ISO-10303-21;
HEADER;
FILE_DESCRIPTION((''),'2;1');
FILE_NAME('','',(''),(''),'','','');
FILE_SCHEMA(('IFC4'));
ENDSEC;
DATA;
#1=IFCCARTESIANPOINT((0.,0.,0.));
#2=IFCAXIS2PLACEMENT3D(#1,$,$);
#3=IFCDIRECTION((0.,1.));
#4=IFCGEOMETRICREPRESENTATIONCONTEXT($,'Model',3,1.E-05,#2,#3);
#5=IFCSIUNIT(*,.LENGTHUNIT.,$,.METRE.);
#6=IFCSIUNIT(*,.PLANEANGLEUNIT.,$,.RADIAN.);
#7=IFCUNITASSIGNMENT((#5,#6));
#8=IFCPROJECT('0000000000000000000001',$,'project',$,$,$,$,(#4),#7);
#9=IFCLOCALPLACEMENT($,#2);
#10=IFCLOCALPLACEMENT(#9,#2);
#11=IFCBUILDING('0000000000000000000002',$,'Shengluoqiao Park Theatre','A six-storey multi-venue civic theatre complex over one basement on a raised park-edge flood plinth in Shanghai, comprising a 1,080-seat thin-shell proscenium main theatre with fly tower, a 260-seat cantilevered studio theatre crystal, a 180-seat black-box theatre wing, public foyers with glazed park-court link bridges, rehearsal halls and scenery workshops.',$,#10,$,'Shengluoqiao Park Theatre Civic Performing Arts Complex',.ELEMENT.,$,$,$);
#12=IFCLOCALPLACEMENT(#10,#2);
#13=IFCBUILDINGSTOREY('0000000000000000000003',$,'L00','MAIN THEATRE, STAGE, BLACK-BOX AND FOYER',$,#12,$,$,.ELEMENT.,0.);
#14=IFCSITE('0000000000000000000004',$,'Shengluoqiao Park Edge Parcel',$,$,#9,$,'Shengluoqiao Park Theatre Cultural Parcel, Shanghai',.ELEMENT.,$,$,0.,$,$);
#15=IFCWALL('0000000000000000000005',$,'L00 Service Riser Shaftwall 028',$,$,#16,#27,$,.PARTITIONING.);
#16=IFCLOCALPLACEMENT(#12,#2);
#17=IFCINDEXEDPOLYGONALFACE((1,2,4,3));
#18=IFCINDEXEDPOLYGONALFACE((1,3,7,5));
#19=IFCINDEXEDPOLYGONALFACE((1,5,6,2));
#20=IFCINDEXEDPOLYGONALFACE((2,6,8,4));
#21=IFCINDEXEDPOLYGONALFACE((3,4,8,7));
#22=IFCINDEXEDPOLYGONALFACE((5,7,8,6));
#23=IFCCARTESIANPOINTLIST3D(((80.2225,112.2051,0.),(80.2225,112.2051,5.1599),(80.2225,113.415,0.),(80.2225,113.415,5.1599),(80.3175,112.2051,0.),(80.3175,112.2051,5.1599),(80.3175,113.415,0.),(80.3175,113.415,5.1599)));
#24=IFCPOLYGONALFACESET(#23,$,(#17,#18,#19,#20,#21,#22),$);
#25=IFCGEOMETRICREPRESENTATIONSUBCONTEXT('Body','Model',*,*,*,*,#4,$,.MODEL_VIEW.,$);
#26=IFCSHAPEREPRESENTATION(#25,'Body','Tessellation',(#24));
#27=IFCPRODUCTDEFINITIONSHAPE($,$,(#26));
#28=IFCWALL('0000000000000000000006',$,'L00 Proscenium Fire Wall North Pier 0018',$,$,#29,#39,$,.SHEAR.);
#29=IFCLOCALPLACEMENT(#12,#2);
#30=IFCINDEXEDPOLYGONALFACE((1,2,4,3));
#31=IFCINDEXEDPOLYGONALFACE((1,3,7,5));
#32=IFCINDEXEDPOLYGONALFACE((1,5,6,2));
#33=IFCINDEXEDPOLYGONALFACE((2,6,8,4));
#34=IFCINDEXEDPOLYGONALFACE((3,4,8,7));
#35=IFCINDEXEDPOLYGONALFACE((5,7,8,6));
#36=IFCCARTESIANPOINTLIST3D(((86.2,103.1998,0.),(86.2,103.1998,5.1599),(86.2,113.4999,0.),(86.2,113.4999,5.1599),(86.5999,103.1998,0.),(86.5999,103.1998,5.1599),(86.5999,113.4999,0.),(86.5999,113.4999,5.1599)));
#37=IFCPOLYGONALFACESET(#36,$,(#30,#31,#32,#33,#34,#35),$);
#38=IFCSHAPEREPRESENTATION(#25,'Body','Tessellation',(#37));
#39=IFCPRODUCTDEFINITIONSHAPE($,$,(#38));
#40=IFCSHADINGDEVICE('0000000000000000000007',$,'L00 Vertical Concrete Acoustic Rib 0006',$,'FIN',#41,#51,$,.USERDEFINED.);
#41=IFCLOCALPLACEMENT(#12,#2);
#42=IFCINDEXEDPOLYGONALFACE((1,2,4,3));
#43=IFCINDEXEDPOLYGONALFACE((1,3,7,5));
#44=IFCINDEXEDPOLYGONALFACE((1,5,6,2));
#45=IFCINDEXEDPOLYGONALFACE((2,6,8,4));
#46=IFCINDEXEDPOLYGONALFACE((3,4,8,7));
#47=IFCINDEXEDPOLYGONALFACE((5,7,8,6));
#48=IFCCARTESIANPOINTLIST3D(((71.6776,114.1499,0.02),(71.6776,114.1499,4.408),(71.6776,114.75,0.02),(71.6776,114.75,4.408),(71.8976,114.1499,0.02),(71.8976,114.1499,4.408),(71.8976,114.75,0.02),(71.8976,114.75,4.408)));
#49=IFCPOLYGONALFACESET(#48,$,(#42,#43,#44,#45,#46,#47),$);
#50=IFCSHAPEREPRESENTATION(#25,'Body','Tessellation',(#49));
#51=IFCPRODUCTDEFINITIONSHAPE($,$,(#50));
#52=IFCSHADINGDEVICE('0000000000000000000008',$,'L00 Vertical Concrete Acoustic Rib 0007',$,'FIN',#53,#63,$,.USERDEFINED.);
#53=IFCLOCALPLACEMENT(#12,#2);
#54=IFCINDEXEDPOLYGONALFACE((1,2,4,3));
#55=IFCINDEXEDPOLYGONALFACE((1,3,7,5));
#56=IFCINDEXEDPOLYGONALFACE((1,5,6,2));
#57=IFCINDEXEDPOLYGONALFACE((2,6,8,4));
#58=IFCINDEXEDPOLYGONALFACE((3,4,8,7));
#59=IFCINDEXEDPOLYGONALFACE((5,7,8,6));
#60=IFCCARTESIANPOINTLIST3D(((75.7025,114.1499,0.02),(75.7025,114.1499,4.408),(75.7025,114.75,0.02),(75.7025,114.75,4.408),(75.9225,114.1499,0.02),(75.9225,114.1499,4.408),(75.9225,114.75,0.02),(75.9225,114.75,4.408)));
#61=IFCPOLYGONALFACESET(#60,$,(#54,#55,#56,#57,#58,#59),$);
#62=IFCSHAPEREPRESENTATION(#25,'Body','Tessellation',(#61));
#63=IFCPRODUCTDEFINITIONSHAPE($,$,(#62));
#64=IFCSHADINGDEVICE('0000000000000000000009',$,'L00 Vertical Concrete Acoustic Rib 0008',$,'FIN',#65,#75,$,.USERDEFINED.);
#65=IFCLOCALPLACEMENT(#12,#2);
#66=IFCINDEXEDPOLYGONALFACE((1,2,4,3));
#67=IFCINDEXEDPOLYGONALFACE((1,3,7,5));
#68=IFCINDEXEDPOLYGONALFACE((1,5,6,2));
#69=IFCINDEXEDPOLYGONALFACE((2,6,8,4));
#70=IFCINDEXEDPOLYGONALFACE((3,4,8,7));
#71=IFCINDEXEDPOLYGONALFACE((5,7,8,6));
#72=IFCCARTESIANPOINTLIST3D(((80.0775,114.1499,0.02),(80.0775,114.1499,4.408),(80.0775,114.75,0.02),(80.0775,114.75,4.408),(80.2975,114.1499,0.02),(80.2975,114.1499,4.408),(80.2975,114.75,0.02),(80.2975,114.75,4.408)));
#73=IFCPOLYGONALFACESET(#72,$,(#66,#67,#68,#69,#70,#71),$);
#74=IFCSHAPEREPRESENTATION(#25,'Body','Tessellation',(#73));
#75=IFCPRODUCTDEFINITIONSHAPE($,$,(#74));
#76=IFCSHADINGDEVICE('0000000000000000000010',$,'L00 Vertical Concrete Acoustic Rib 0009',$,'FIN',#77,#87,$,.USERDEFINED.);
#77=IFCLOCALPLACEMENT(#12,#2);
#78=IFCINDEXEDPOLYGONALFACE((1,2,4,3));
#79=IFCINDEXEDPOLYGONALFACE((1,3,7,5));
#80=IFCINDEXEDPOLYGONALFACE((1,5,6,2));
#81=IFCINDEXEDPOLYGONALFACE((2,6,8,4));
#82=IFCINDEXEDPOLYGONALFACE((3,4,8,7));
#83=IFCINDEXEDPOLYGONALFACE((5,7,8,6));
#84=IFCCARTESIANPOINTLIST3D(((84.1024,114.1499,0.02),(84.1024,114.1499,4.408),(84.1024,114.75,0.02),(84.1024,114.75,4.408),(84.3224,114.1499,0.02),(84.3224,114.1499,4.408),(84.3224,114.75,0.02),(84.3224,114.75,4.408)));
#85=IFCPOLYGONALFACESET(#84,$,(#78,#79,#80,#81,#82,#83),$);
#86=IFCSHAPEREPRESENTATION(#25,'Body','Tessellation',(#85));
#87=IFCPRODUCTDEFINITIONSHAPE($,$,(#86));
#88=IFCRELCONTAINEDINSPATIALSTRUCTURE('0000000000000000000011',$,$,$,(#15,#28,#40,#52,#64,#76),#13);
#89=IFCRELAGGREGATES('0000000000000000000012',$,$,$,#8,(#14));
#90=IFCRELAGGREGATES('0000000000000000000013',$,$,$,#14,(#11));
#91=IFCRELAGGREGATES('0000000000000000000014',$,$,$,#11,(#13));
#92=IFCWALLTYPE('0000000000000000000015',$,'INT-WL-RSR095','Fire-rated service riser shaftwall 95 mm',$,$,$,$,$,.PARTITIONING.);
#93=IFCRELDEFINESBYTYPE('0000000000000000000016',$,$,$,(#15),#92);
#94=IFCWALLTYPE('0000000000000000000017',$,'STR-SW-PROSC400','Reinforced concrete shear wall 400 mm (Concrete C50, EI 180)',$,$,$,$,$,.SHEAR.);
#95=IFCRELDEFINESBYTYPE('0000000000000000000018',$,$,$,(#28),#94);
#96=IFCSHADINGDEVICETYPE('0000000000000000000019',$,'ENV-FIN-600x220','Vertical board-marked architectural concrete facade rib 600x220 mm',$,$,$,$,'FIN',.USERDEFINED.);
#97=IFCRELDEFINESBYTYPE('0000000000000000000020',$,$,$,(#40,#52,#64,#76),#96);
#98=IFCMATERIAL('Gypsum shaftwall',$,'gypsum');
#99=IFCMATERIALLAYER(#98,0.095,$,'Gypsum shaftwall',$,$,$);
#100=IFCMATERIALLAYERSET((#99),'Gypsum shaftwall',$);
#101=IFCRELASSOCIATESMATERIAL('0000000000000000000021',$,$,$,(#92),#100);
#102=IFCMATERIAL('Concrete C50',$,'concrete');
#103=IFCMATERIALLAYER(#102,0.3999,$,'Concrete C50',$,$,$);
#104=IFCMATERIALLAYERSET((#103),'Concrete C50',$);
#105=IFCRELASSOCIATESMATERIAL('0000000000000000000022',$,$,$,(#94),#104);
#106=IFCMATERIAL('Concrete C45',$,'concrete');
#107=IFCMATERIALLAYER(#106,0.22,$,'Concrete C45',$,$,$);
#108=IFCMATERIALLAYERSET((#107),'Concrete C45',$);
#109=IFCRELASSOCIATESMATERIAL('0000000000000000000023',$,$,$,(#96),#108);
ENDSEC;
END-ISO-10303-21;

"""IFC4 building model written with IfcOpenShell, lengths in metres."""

from ifc_helpers import new_model, si_unit, direction, frame, frame_2d, origin, origin_2d, place, context, subcontext, project, spatial, rectangle, extrude, material, layer, layer_set, type_object, element, save


model = new_model("IFC4")

# Units and contexts
model_context = context("Model", 3, precision=1e-05, world=origin(), true_north=direction((0.0, 1.0)))
body_context = subcontext(model_context, "Body", "Model", "MODEL_VIEW")
ifc_project = project(units=[si_unit("LENGTHUNIT", "METRE"), si_unit("PLANEANGLEUNIT", "RADIAN")], contexts=[model_context])

# Site, building, storey
site_placement = place(None, origin())
site = spatial("IfcSite", under=ifc_project, at=site_placement, Name="Shengluoqiao Park Edge Parcel", LongName="Shengluoqiao Park Theatre Cultural Parcel, Shanghai", CompositionType="ELEMENT", RefElevation=0.0)
building_placement = place(site_placement, origin())
building = spatial("IfcBuilding", under=site, at=building_placement, Name="Shengluoqiao Park Theatre", Description="A six-storey multi-venue civic theatre complex over one basement on a raised park-edge flood plinth in Shanghai, comprising a 1,080-seat thin-shell proscenium main theatre with fly tower, a 260-seat cantilevered studio theatre crystal, a 180-seat black-box theatre wing, public foyers with glazed park-court link bridges, rehearsal halls and scenery workshops.", LongName="Shengluoqiao Park Theatre Civic Performing Arts Complex", CompositionType="ELEMENT")
storey_placement = place(building_placement, origin())
storey = spatial("IfcBuildingStorey", under=building, at=storey_placement, Name="L00", Description="MAIN THEATRE, STAGE, BLACK-BOX AND FOYER", CompositionType="ELEMENT", Elevation=0.0)

# Shared definitions
ifc_material_1 = material(Name="Concrete C50", Category="concrete")

# Walls
ifc_material_2 = material(Name="Concrete C45", Category="concrete")
ifc_material_3 = material(Name="Gypsum shaftwall", Category="gypsum")
ifc_layer_1 = layer(ifc_material_3, 0.095, Name="Gypsum shaftwall")
ifc_layer_set_1 = layer_set([ifc_layer_1], Name="Gypsum shaftwall")
wall_type_1 = type_object("IfcWallType", Name="INT-WL-RSR095", Description="Fire-rated service riser shaftwall 95 mm", PredefinedType="PARTITIONING", material=ifc_layer_set_1)
for number, where, z_axis, x_axis, name in (
    (1, (80.27, 112.2051, 0.0), (0.0, 0.0, 1.0), (0.0, 1.0, 0.0), "L00 Service Riser Shaftwall 028"),
):
    element("IfcWall", number, at=place(storey_placement, frame(where, z_axis=z_axis, x_axis=x_axis)), inside=storey, type_object=wall_type_1, Name=name, PredefinedType="PARTITIONING", context=body_context, shape_type="SweptSolid", body=[
        extrude(rectangle(XDim=1.21, YDim=0.095, at=frame_2d((0.605, 0.0))), origin(), (0.0, 0.0, 1.0), 5.1599),
    ])
ifc_layer_2 = layer(ifc_material_1, 0.3999, Name="Concrete C50")
ifc_layer_set_2 = layer_set([ifc_layer_2], Name="Concrete C50")
wall_type_2 = type_object("IfcWallType", Name="STR-SW-PROSC400", Description="Reinforced concrete shear wall 400 mm (Concrete C50, EI 180)", PredefinedType="SHEAR", material=ifc_layer_set_2)
wall_1_placement = place(storey_placement, frame((86.3999, 103.2, 0.0), z_axis=(0.0, 0.0, 1.0), x_axis=(0.0, 1.0, 0.0)))
element("IfcWall", 2, at=wall_1_placement, inside=storey, type_object=wall_type_2, Name="L00 Proscenium Fire Wall North Pier 0018", PredefinedType="SHEAR", context=body_context, shape_type="SweptSolid", body=[
    extrude(rectangle(XDim=10.3, YDim=0.3999, at=frame_2d((5.1499, 0.0))), origin(), (0.0, 0.0, 1.0), 5.1599),
])

# Shading devices
ifc_layer_3 = layer(ifc_material_2, 0.22, Name="Concrete C45")
ifc_layer_set_3 = layer_set([ifc_layer_3], Name="Concrete C45")
shading_device_type = type_object("IfcShadingDeviceType", Name="ENV-FIN-600x220", Description="Vertical board-marked architectural concrete facade rib 600x220 mm", ElementType="FIN", PredefinedType="USERDEFINED", material=ifc_layer_set_3)
for number, where, z_axis, x_axis, name in (
    (3, (71.7876, 114.45, 0.02), (0.0, 0.0, 1.0), (0.0, 1.0, 0.0), "L00 Vertical Concrete Acoustic Rib 0006"),
    (4, (75.8125, 114.45, 0.02), (0.0, 0.0, 1.0), (0.0, 1.0, 0.0), "L00 Vertical Concrete Acoustic Rib 0007"),
    (5, (80.1875, 114.45, 0.02), (0.0, 0.0, 1.0), (0.0, 1.0, 0.0), "L00 Vertical Concrete Acoustic Rib 0008"),
    (6, (84.2124, 114.45, 0.02), (0.0, 0.0, 1.0), (0.0, 1.0, 0.0), "L00 Vertical Concrete Acoustic Rib 0009"),
):
    element("IfcShadingDevice", number, at=place(storey_placement, frame(where, z_axis=z_axis, x_axis=x_axis)), inside=storey, type_object=shading_device_type, Name=name, ObjectType="FIN", PredefinedType="USERDEFINED", context=body_context, shape_type="SweptSolid", body=[
        extrude(rectangle(XDim=0.6001, YDim=0.22, at=origin_2d()), origin(), (0.0, 0.0, 1.0), 4.3879),
    ])

save(model, "model.ifc")
